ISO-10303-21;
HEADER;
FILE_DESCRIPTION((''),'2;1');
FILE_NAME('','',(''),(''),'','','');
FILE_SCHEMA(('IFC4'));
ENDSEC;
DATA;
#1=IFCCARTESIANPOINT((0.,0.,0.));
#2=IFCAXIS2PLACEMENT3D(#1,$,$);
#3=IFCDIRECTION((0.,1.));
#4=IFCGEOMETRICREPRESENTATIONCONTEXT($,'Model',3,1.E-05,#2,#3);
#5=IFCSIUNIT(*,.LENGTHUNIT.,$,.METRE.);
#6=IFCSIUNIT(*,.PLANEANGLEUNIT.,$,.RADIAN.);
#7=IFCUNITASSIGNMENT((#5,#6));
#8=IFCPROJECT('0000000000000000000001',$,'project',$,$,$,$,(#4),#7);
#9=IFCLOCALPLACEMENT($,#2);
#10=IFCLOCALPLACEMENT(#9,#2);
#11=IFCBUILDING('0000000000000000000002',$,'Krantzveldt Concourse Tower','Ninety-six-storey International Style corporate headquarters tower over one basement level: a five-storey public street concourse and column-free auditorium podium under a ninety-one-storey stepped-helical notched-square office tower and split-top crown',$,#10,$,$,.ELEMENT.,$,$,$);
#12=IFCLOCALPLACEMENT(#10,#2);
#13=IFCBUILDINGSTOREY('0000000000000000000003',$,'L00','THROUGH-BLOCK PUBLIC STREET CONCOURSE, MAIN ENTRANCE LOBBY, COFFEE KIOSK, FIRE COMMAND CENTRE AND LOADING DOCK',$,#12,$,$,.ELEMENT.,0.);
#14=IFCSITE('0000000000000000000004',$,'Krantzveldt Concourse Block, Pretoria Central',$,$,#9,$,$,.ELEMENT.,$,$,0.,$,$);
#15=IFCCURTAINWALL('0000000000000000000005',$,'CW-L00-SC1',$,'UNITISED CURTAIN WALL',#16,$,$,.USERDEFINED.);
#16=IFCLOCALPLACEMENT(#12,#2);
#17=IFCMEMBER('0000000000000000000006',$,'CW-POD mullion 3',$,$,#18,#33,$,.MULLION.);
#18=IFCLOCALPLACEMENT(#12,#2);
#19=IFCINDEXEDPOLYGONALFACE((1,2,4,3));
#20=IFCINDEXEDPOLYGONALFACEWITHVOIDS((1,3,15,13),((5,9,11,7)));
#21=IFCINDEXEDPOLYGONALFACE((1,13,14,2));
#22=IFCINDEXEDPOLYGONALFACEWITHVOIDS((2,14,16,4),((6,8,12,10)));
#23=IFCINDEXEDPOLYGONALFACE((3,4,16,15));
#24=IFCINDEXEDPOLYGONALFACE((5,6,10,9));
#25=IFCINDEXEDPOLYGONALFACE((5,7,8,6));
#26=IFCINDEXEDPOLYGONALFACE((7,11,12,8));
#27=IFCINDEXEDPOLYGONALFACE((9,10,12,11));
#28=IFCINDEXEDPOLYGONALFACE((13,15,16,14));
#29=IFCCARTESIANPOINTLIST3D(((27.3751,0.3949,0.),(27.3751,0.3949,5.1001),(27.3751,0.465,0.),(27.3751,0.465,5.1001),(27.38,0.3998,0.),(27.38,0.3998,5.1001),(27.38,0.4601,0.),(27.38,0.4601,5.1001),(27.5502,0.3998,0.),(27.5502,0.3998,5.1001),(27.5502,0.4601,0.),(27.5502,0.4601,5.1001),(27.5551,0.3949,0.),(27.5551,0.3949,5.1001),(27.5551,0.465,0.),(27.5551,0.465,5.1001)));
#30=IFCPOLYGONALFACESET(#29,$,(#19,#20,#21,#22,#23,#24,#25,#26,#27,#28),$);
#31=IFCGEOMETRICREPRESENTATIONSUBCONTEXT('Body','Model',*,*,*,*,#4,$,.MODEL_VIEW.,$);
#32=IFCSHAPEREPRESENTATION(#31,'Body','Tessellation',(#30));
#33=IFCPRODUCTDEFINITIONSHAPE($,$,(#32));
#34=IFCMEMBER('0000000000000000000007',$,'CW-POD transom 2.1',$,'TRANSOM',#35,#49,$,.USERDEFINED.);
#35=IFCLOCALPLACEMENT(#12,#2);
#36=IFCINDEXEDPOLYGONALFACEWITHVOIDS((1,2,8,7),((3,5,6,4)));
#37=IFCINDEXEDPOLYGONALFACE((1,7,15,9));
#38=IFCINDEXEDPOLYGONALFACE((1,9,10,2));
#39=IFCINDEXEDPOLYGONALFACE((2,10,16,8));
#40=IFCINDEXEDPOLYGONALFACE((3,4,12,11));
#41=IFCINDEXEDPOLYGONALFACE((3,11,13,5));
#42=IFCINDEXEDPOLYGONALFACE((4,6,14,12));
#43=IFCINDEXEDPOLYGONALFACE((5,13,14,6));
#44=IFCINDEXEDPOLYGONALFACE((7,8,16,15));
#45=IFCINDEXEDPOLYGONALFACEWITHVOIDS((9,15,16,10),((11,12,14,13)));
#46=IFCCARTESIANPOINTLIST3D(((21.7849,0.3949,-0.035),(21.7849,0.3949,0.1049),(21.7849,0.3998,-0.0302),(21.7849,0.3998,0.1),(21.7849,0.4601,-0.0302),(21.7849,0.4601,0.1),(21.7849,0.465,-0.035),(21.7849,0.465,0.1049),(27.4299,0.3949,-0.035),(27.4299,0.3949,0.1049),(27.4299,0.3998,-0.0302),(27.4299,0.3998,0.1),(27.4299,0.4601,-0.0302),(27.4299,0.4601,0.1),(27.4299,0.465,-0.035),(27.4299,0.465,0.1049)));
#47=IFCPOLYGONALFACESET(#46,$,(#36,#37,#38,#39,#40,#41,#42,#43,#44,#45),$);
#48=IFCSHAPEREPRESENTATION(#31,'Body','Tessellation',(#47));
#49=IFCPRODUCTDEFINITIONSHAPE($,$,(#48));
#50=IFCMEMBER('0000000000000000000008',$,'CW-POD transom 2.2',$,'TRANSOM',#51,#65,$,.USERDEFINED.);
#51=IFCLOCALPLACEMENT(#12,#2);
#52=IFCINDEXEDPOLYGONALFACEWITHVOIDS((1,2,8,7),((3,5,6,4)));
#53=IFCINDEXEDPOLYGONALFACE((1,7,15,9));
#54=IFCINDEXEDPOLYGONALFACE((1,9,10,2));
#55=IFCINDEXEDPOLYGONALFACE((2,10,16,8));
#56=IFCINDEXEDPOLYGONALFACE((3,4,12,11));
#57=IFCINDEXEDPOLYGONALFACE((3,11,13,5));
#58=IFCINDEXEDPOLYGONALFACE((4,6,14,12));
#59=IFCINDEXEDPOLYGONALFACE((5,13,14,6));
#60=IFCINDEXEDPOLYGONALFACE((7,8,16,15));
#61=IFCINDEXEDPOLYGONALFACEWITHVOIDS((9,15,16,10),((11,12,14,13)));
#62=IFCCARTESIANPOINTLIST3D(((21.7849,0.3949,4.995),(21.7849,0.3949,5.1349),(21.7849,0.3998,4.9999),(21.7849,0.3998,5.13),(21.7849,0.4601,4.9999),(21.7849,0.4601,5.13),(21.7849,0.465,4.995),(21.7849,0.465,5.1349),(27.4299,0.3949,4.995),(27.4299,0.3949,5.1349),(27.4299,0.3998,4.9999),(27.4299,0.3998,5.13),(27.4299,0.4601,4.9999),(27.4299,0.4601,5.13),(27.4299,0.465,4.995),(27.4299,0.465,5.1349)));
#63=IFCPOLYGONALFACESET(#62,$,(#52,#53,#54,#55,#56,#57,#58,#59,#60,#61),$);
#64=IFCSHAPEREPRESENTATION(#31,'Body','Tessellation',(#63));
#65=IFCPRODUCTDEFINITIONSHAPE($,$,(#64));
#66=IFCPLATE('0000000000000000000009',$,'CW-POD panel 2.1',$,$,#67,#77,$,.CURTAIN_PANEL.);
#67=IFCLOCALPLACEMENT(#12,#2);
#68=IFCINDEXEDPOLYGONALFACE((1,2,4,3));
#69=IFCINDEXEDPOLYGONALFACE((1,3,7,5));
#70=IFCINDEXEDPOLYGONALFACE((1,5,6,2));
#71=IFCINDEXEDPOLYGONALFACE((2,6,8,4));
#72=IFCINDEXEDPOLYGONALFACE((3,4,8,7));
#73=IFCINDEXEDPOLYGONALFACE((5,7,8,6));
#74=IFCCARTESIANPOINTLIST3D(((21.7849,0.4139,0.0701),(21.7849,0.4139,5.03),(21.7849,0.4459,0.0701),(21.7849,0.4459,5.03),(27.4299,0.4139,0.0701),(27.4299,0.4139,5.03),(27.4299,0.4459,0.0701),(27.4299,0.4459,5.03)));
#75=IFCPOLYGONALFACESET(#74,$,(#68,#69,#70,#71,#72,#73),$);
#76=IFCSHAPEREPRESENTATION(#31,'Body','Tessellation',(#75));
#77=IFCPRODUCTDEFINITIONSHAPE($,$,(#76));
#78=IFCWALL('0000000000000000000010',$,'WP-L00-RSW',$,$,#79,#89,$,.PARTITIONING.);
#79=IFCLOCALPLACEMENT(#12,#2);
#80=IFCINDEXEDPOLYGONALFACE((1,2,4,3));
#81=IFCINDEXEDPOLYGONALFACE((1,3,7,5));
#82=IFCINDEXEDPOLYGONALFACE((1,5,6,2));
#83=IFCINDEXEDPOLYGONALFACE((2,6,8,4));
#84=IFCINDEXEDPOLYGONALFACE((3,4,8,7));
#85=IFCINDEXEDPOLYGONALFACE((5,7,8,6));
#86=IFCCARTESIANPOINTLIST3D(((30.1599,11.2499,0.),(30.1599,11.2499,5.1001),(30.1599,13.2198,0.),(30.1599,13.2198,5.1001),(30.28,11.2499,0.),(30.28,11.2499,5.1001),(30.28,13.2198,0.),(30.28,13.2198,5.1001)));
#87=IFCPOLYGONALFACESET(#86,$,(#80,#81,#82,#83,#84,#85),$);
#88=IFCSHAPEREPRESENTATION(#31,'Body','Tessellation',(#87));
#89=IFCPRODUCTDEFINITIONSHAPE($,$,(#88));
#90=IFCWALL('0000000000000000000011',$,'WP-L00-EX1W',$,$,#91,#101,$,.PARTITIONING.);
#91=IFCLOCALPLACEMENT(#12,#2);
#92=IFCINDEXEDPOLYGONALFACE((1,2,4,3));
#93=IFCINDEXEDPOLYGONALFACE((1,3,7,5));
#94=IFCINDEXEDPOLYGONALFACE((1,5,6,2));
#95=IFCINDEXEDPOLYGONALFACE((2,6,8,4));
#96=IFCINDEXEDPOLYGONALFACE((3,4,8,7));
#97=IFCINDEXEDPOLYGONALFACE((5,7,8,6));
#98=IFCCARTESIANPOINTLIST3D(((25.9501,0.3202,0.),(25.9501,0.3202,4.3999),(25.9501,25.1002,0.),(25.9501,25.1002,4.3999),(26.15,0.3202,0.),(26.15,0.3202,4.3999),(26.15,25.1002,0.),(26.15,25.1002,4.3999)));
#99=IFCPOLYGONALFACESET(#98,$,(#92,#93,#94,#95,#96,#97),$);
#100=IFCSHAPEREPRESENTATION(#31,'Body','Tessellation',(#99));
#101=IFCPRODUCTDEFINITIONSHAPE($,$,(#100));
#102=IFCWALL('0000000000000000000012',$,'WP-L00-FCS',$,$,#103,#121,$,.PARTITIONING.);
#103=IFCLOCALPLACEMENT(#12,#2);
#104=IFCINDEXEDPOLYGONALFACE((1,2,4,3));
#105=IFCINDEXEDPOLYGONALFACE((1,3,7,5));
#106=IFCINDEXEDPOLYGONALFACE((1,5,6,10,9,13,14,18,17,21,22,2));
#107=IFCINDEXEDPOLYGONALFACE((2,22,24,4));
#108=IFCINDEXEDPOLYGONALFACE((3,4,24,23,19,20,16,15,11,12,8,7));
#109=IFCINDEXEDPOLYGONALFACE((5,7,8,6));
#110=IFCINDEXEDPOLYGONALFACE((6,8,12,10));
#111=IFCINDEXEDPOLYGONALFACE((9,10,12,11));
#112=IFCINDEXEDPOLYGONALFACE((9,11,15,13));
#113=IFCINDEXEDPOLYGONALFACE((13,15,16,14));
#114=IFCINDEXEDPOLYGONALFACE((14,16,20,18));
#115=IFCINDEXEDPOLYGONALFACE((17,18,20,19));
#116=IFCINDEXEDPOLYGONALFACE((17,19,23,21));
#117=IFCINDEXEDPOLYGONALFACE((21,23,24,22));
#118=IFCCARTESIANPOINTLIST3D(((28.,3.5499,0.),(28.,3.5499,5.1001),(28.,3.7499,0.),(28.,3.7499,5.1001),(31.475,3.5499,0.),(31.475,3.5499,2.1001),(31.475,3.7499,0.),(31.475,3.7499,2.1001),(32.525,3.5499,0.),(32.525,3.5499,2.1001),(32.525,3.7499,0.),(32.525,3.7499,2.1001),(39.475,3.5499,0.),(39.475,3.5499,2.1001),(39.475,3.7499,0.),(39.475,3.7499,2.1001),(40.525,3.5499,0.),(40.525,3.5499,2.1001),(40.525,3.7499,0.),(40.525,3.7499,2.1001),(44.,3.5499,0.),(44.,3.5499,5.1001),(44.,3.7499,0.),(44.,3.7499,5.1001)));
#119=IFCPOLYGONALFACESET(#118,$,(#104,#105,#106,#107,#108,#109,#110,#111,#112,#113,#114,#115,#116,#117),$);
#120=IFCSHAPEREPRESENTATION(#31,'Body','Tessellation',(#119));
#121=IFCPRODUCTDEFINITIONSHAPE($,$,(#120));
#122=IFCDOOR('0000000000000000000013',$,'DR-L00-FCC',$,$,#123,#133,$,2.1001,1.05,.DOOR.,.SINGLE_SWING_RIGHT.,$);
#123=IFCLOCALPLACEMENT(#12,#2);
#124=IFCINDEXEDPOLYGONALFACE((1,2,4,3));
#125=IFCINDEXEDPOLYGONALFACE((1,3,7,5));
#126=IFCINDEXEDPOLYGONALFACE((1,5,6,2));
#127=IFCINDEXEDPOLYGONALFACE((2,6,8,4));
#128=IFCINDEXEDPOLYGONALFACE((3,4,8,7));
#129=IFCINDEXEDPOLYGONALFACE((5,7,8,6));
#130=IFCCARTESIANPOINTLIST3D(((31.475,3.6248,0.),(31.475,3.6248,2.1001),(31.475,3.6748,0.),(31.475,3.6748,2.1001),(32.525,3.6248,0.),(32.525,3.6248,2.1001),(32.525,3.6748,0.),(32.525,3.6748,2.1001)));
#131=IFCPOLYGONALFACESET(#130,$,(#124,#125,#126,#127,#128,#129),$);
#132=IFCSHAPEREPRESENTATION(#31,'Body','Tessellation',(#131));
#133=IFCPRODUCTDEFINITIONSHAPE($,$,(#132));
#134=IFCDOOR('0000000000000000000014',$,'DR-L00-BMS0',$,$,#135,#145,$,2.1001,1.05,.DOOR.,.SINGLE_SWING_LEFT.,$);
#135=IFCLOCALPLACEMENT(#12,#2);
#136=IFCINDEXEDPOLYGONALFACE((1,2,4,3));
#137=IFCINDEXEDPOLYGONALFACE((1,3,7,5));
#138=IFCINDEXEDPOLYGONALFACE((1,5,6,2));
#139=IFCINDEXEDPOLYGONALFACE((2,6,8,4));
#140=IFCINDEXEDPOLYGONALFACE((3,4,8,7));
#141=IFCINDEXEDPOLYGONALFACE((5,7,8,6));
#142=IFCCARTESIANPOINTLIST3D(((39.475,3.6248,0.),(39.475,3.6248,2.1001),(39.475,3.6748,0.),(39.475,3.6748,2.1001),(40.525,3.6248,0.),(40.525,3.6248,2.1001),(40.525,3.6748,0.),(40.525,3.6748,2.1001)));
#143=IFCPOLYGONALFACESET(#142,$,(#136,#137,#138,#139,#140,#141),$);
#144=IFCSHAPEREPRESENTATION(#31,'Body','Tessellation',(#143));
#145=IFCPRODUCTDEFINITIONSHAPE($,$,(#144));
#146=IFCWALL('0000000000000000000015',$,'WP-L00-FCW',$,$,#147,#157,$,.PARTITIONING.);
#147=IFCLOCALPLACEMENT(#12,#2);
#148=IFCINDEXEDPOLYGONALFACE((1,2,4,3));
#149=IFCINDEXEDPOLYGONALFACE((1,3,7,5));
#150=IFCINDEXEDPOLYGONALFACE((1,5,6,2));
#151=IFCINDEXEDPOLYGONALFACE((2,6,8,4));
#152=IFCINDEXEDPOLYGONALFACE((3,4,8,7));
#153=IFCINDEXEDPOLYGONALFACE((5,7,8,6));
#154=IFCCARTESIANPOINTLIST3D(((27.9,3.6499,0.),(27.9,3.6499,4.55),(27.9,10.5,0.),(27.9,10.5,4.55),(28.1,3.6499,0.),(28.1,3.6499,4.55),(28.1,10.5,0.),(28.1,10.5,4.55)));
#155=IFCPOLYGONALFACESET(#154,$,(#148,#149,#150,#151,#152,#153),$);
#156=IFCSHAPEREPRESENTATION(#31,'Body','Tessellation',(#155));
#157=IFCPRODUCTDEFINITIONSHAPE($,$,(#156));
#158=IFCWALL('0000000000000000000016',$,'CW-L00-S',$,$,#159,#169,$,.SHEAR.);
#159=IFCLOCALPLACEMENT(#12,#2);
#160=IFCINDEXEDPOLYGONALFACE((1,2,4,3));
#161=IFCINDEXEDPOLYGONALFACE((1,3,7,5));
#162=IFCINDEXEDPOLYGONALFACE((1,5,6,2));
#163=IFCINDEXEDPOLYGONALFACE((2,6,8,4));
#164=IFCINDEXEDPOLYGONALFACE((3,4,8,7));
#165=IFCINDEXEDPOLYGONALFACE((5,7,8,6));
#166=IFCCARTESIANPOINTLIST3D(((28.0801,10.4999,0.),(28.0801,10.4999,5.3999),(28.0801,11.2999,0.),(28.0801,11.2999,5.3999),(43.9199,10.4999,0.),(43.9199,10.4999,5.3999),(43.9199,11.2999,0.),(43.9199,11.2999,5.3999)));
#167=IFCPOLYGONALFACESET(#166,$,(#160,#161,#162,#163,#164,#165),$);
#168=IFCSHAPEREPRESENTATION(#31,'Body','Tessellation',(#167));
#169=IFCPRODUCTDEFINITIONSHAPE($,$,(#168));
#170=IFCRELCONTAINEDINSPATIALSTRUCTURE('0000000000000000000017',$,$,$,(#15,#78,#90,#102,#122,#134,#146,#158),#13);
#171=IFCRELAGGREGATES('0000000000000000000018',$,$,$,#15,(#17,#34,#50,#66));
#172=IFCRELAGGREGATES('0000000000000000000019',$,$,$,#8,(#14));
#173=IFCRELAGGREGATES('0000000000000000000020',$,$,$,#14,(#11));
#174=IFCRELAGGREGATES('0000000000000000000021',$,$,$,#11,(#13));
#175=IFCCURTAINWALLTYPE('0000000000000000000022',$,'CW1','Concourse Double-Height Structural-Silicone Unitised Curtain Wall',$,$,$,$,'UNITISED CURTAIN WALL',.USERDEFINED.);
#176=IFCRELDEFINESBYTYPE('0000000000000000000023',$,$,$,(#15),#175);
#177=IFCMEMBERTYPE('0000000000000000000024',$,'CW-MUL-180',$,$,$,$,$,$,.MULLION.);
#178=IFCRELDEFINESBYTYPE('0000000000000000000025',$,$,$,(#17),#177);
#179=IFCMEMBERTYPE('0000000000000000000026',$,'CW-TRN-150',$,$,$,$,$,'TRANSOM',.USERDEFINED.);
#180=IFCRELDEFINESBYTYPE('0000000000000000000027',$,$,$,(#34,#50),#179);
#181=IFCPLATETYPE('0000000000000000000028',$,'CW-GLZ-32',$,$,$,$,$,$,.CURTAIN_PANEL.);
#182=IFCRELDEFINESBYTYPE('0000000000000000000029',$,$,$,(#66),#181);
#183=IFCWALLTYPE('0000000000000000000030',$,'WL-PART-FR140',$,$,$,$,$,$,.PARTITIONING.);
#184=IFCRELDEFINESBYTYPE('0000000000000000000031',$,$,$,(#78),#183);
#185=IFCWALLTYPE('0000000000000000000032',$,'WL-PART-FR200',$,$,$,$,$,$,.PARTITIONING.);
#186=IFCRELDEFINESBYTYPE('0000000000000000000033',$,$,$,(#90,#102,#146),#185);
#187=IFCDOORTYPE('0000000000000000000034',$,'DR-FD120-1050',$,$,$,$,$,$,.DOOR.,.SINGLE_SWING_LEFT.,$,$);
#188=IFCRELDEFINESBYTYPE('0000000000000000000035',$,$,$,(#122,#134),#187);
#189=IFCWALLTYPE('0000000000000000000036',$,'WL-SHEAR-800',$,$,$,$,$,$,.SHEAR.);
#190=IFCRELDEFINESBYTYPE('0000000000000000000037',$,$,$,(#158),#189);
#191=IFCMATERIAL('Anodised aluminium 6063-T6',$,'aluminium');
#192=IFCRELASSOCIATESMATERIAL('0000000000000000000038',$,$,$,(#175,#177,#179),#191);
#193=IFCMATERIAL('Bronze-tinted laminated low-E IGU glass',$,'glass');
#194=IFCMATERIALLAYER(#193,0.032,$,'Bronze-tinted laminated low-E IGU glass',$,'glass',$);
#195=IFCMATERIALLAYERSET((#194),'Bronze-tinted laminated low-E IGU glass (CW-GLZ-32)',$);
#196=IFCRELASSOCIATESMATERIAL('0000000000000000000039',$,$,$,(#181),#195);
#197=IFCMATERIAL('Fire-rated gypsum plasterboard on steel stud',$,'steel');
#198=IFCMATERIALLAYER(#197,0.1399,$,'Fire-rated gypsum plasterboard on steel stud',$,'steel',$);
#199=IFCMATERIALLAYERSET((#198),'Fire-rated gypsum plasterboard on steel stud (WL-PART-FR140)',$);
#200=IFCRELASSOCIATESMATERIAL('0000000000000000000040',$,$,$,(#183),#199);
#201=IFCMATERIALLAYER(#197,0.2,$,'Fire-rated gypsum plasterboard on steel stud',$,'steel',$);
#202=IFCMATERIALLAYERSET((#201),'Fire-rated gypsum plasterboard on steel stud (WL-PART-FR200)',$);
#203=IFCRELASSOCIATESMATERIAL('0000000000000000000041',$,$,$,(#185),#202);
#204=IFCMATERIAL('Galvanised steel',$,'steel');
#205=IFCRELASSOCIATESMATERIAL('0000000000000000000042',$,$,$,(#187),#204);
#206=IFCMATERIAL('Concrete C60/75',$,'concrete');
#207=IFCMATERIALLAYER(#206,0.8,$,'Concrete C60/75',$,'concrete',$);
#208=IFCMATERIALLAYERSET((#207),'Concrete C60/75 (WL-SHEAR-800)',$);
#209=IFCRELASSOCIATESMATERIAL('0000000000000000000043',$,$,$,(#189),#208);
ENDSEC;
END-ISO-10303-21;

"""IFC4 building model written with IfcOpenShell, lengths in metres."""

from ifc_helpers import new_model, si_unit, direction, frame, frame_2d, origin, origin_2d, place, context, subcontext, project, spatial, rectangle, hollow_rectangle, extrude, source, transform, mapped, material, layer, layer_set, material_profile, profile_set, type_object, type_shapes, element, fill, aggregate, save


model = new_model("IFC4")

# Units and contexts
model_context = context("Model", 3, precision=1e-05, world=origin(), true_north=direction((0.0, 1.0)))
body_context = subcontext(model_context, "Body", "Model", "MODEL_VIEW")
ifc_project = project(units=[si_unit("LENGTHUNIT", "METRE"), si_unit("PLANEANGLEUNIT", "RADIAN")], contexts=[model_context])

# Site, building, storey
site_placement = place(None, origin())
site = spatial("IfcSite", under=ifc_project, at=site_placement, Name="Krantzveldt Concourse Block, Pretoria Central", CompositionType="ELEMENT", RefElevation=0.0)
building_placement = place(site_placement, origin())
building = spatial("IfcBuilding", under=site, at=building_placement, Name="Krantzveldt Concourse Tower", Description="Ninety-six-storey International Style corporate headquarters tower over one basement level: a five-storey public street concourse and column-free auditorium podium under a ninety-one-storey stepped-helical notched-square office tower and split-top crown", CompositionType="ELEMENT")
storey_placement = place(building_placement, origin())
storey = spatial("IfcBuildingStorey", under=building, at=storey_placement, Name="L00", Description="THROUGH-BLOCK PUBLIC STREET CONCOURSE, MAIN ENTRANCE LOBBY, COFFEE KIOSK, FIRE COMMAND CENTRE AND LOADING DOCK", CompositionType="ELEMENT", Elevation=0.0)

# Curtain wall, members, plate
ifc_material_1 = material(Name="Anodised aluminium 6063-T6", Category="aluminium")
curtain_wall_type = type_object("IfcCurtainWallType", Name="CW1", Description="Concourse Double-Height Structural-Silicone Unitised Curtain Wall", ElementType="UNITISED CURTAIN WALL", PredefinedType="USERDEFINED", material=ifc_material_1)
curtain_wall_placement = place(storey_placement, origin())
curtain_wall = element("IfcCurtainWall", 1, at=curtain_wall_placement, inside=storey, type_object=curtain_wall_type, Name="CW-L00-SC1", ObjectType="UNITISED CURTAIN WALL", PredefinedType="USERDEFINED")
ifc_material_profile_1 = material_profile(ifc_material_1, hollow_rectangle(XDim=0.0701, YDim=0.1799, WallThickness=0.0049, at=origin_2d()), Name="Anodised aluminium 6063-T6", Category="aluminium")
ifc_profile_set_1 = profile_set([ifc_material_profile_1], Name="Anodised aluminium 6063-T6 - ALU-MULL 180x70x5")
member_type_1 = type_object("IfcMemberType", Name="CW-MUL-180", PredefinedType="MULLION", material=ifc_profile_set_1)
shared_shape_1 = source(origin(), body_context, "Body", "SweptSolid", [
    extrude(hollow_rectangle(XDim=0.0701, YDim=0.1799, WallThickness=0.0049, at=origin_2d()), origin(), (0.0, 0.0, 1.0), 5.1001),
])
type_shapes(member_type_1, [shared_shape_1])
member_1_placement = place(storey_placement, frame((27.4651, 0.4299, 0.0), z_axis=(0.0, 0.0, 1.0), x_axis=(0.0, 1.0, 0.0)))
member_1 = element("IfcMember", 2, at=member_1_placement, type_object=member_type_1, Name="CW-POD mullion 3", PredefinedType="MULLION", context=body_context, shape_type="MappedRepresentation", body=[
    mapped(shared_shape_1, transform((0.0, 0.0, 0.0), x_axis=(1.0, 0.0, 0.0), y_axis=(0.0, 1.0, 0.0), z_axis=(0.0, 0.0, 1.0), scale=1.0)),
])
ifc_material_profile_2 = material_profile(ifc_material_1, hollow_rectangle(XDim=0.0701, YDim=0.1399, WallThickness=0.0049, at=origin_2d()), Name="Anodised aluminium 6063-T6", Category="aluminium")
ifc_profile_set_2 = profile_set([ifc_material_profile_2], Name="Anodised aluminium 6063-T6 - ALU-TRAN 140x70x5")
member_type_2 = type_object("IfcMemberType", Name="CW-TRN-150", ElementType="TRANSOM", PredefinedType="USERDEFINED", material=ifc_profile_set_2)
shared_shape_2 = source(origin(), body_context, "Body", "SweptSolid", [
    extrude(hollow_rectangle(XDim=0.0701, YDim=0.1399, WallThickness=0.0049, at=origin_2d()), origin(), (0.0, 0.0, 1.0), 5.645),
])
type_shapes(member_type_2, [shared_shape_2])
member_2_placement = place(storey_placement, frame((21.7849, 0.4299, 0.0349), z_axis=(1.0, 0.0, 0.0), x_axis=(0.0, 1.0, 0.0)))
member_2 = element("IfcMember", 3, at=member_2_placement, type_object=member_type_2, Name="CW-POD transom 2.1", ObjectType="TRANSOM", PredefinedType="USERDEFINED", context=body_context, shape_type="MappedRepresentation", body=[
    mapped(shared_shape_2, transform((0.0, 0.0, 0.0), x_axis=(1.0, 0.0, 0.0), y_axis=(0.0, 1.0, 0.0), z_axis=(0.0, 0.0, 1.0), scale=1.0)),
])
member_3_placement = place(storey_placement, frame((21.7849, 0.4299, 5.0649), z_axis=(1.0, 0.0, 0.0), x_axis=(0.0, 1.0, 0.0)))
member_3 = element("IfcMember", 4, at=member_3_placement, type_object=member_type_2, Name="CW-POD transom 2.2", ObjectType="TRANSOM", PredefinedType="USERDEFINED", context=body_context, shape_type="MappedRepresentation", body=[
    mapped(shared_shape_2, transform((0.0, 0.0, 0.0), x_axis=(1.0, 0.0, 0.0), y_axis=(0.0, 1.0, 0.0), z_axis=(0.0, 0.0, 1.0), scale=1.0)),
])
ifc_material_2 = material(Name="Bronze-tinted laminated low-E IGU glass", Category="glass")
ifc_layer_1 = layer(ifc_material_2, 0.032, Name="Bronze-tinted laminated low-E IGU glass", Category="glass")
ifc_layer_set_1 = layer_set([ifc_layer_1], Name="Bronze-tinted laminated low-E IGU glass (CW-GLZ-32)")
plate_type = type_object("IfcPlateType", Name="CW-GLZ-32", PredefinedType="CURTAIN_PANEL", material=ifc_layer_set_1)
shared_shape_3 = source(origin(), body_context, "Body", "SweptSolid", [
    extrude(rectangle(XDim=5.645, YDim=0.032, at=origin_2d()), origin(), (0.0, 0.0, 1.0), 4.96),
])
type_shapes(plate_type, [shared_shape_3])
plate_placement = place(storey_placement, frame((24.6074, 0.4299, 0.0701), z_axis=(0.0, 0.0, 1.0), x_axis=(1.0, 0.0, 0.0)))
plate = element("IfcPlate", 5, at=plate_placement, type_object=plate_type, Name="CW-POD panel 2.1", PredefinedType="CURTAIN_PANEL", context=body_context, shape_type="MappedRepresentation", body=[
    mapped(shared_shape_3, transform((0.0, 0.0, 0.0), x_axis=(1.0, 0.0, 0.0), y_axis=(0.0, 1.0, 0.0), z_axis=(0.0, 0.0, 1.0), scale=1.0)),
])
aggregate(curtain_wall, [member_1, member_2, member_3, plate])

# Walls
ifc_material_3 = material(Name="Fire-rated gypsum plasterboard on steel stud", Category="steel")
ifc_layer_2 = layer(ifc_material_3, 0.1399, Name="Fire-rated gypsum plasterboard on steel stud", Category="steel")
ifc_layer_set_2 = layer_set([ifc_layer_2], Name="Fire-rated gypsum plasterboard on steel stud (WL-PART-FR140)")
wall_type_1 = type_object("IfcWallType", Name="WL-PART-FR140", PredefinedType="PARTITIONING", material=ifc_layer_set_2)
wall_1_placement = place(storey_placement, frame((30.22, 11.25, 0.0), z_axis=(0.0, 0.0, 1.0), x_axis=(0.0, 1.0, 0.0)))
element("IfcWall", 6, at=wall_1_placement, inside=storey, type_object=wall_type_1, Name="WP-L00-RSW", PredefinedType="PARTITIONING", context=body_context, shape_type="SweptSolid", body=[
    extrude(rectangle(XDim=1.97, YDim=0.1201, at=frame_2d((0.9849, 0.0))), origin(), (0.0, 0.0, 1.0), 5.1001),
])
ifc_layer_3 = layer(ifc_material_3, 0.2, Name="Fire-rated gypsum plasterboard on steel stud", Category="steel")
ifc_layer_set_3 = layer_set([ifc_layer_3], Name="Fire-rated gypsum plasterboard on steel stud (WL-PART-FR200)")
wall_type_2 = type_object("IfcWallType", Name="WL-PART-FR200", PredefinedType="PARTITIONING", material=ifc_layer_set_3)
wall_2_placement = place(storey_placement, frame((26.05, 0.3201, 0.0), z_axis=(0.0, 0.0, 1.0), x_axis=(0.0, 1.0, 0.0)))
element("IfcWall", 7, at=wall_2_placement, inside=storey, type_object=wall_type_2, Name="WP-L00-EX1W", PredefinedType="PARTITIONING", context=body_context, shape_type="SweptSolid", body=[
    extrude(rectangle(XDim=24.78, YDim=0.2, at=frame_2d((12.3901, 0.0))), origin(), (0.0, 0.0, 1.0), 4.3999),
])

# Wall, openings, doors
wall_3_placement = place(storey_placement, frame((28.0, 3.6499, 0.0), z_axis=(0.0, 0.0, 1.0), x_axis=(1.0, 0.0, 0.0)))
wall_3 = element("IfcWall", 8, at=wall_3_placement, inside=storey, type_object=wall_type_2, Name="WP-L00-FCS", PredefinedType="PARTITIONING", context=body_context, shape_type="SweptSolid", body=[
    extrude(rectangle(XDim=16.0, YDim=0.2, at=frame_2d((8.0, 0.0))), origin(), (0.0, 0.0, 1.0), 5.1001),
])
opening_1_placement = place(wall_3_placement, frame((3.4751, 0.0, 0.0)))
opening_1 = element("IfcOpeningElement", 9, at=opening_1_placement, cuts=wall_3, PredefinedType="OPENING", context=body_context, shape_type="SweptSolid", body=[
    extrude(rectangle(XDim=1.05, YDim=2.1001, at=frame_2d((0.5249, 1.05))), frame((0.0, 0.1099, 0.0), z_axis=(0.0, -1.0, 0.0), x_axis=(1.0, 0.0, 0.0)), (0.0, 0.0, 1.0), 0.22),
])
opening_2_placement = place(wall_3_placement, frame((11.4751, 0.0, 0.0)))
opening_2 = element("IfcOpeningElement", 10, at=opening_2_placement, cuts=wall_3, PredefinedType="OPENING", context=body_context, shape_type="SweptSolid", body=[
    extrude(rectangle(XDim=1.05, YDim=2.1001, at=frame_2d((0.5249, 1.05))), frame((0.0, 0.1099, 0.0), z_axis=(0.0, -1.0, 0.0), x_axis=(1.0, 0.0, 0.0)), (0.0, 0.0, 1.0), 0.22),
])
ifc_material_4 = material(Name="Galvanised steel", Category="steel")
door_type_1 = type_object("IfcDoorType", Name="DR-FD120-1050", OperationType="SINGLE_SWING_LEFT", PredefinedType="DOOR", material=ifc_material_4)
door_1_placement = place(opening_1_placement, origin())
door_1 = element("IfcDoor", 11, at=door_1_placement, inside=storey, type_object=door_type_1, Name="DR-L00-FCC", OperationType="SINGLE_SWING_RIGHT", OverallHeight=2.1001, OverallWidth=1.05, PredefinedType="DOOR", context=body_context, shape_type="SweptSolid", body=[
    extrude(rectangle(XDim=1.05, YDim=2.1001, at=frame_2d((0.5249, 1.05))), frame((0.0, 0.0249, 0.0), z_axis=(0.0, -1.0, 0.0), x_axis=(1.0, 0.0, 0.0)), (0.0, 0.0, 1.0), 0.05),
])
fill(opening_1, door_1)
door_2_placement = place(opening_2_placement, origin())
door_2 = element("IfcDoor", 12, at=door_2_placement, inside=storey, type_object=door_type_1, Name="DR-L00-BMS0", OperationType="SINGLE_SWING_LEFT", OverallHeight=2.1001, OverallWidth=1.05, PredefinedType="DOOR", context=body_context, shape_type="SweptSolid", body=[
    extrude(rectangle(XDim=1.05, YDim=2.1001, at=frame_2d((0.5249, 1.05))), frame((0.0, 0.0249, 0.0), z_axis=(0.0, -1.0, 0.0), x_axis=(1.0, 0.0, 0.0)), (0.0, 0.0, 1.0), 0.05),
])
fill(opening_2, door_2)

# Walls
wall_4_placement = place(storey_placement, frame((28.0, 3.6499, 0.0), z_axis=(0.0, 0.0, 1.0), x_axis=(0.0, 1.0, 0.0)))
element("IfcWall", 13, at=wall_4_placement, inside=storey, type_object=wall_type_2, Name="WP-L00-FCW", PredefinedType="PARTITIONING", context=body_context, shape_type="SweptSolid", body=[
    extrude(rectangle(XDim=6.8501, YDim=0.2, at=frame_2d((3.425, 0.0))), origin(), (0.0, 0.0, 1.0), 4.55),
])
ifc_material_5 = material(Name="Concrete C60/75", Category="concrete")
ifc_layer_4 = layer(ifc_material_5, 0.8, Name="Concrete C60/75", Category="concrete")
ifc_layer_set_4 = layer_set([ifc_layer_4], Name="Concrete C60/75 (WL-SHEAR-800)")
wall_type_3 = type_object("IfcWallType", Name="WL-SHEAR-800", PredefinedType="SHEAR", material=ifc_layer_set_4)
wall_5_placement = place(storey_placement, frame((28.0801, 10.8999, 0.0), z_axis=(0.0, 0.0, 1.0), x_axis=(1.0, 0.0, 0.0)))
element("IfcWall", 14, at=wall_5_placement, inside=storey, type_object=wall_type_3, Name="CW-L00-S", PredefinedType="SHEAR", context=body_context, shape_type="SweptSolid", body=[
    extrude(rectangle(XDim=15.8398, YDim=0.8, at=frame_2d((7.9199, 0.0))), origin(), (0.0, 0.0, 1.0), 5.3999),
])

save(model, "model.ifc")
